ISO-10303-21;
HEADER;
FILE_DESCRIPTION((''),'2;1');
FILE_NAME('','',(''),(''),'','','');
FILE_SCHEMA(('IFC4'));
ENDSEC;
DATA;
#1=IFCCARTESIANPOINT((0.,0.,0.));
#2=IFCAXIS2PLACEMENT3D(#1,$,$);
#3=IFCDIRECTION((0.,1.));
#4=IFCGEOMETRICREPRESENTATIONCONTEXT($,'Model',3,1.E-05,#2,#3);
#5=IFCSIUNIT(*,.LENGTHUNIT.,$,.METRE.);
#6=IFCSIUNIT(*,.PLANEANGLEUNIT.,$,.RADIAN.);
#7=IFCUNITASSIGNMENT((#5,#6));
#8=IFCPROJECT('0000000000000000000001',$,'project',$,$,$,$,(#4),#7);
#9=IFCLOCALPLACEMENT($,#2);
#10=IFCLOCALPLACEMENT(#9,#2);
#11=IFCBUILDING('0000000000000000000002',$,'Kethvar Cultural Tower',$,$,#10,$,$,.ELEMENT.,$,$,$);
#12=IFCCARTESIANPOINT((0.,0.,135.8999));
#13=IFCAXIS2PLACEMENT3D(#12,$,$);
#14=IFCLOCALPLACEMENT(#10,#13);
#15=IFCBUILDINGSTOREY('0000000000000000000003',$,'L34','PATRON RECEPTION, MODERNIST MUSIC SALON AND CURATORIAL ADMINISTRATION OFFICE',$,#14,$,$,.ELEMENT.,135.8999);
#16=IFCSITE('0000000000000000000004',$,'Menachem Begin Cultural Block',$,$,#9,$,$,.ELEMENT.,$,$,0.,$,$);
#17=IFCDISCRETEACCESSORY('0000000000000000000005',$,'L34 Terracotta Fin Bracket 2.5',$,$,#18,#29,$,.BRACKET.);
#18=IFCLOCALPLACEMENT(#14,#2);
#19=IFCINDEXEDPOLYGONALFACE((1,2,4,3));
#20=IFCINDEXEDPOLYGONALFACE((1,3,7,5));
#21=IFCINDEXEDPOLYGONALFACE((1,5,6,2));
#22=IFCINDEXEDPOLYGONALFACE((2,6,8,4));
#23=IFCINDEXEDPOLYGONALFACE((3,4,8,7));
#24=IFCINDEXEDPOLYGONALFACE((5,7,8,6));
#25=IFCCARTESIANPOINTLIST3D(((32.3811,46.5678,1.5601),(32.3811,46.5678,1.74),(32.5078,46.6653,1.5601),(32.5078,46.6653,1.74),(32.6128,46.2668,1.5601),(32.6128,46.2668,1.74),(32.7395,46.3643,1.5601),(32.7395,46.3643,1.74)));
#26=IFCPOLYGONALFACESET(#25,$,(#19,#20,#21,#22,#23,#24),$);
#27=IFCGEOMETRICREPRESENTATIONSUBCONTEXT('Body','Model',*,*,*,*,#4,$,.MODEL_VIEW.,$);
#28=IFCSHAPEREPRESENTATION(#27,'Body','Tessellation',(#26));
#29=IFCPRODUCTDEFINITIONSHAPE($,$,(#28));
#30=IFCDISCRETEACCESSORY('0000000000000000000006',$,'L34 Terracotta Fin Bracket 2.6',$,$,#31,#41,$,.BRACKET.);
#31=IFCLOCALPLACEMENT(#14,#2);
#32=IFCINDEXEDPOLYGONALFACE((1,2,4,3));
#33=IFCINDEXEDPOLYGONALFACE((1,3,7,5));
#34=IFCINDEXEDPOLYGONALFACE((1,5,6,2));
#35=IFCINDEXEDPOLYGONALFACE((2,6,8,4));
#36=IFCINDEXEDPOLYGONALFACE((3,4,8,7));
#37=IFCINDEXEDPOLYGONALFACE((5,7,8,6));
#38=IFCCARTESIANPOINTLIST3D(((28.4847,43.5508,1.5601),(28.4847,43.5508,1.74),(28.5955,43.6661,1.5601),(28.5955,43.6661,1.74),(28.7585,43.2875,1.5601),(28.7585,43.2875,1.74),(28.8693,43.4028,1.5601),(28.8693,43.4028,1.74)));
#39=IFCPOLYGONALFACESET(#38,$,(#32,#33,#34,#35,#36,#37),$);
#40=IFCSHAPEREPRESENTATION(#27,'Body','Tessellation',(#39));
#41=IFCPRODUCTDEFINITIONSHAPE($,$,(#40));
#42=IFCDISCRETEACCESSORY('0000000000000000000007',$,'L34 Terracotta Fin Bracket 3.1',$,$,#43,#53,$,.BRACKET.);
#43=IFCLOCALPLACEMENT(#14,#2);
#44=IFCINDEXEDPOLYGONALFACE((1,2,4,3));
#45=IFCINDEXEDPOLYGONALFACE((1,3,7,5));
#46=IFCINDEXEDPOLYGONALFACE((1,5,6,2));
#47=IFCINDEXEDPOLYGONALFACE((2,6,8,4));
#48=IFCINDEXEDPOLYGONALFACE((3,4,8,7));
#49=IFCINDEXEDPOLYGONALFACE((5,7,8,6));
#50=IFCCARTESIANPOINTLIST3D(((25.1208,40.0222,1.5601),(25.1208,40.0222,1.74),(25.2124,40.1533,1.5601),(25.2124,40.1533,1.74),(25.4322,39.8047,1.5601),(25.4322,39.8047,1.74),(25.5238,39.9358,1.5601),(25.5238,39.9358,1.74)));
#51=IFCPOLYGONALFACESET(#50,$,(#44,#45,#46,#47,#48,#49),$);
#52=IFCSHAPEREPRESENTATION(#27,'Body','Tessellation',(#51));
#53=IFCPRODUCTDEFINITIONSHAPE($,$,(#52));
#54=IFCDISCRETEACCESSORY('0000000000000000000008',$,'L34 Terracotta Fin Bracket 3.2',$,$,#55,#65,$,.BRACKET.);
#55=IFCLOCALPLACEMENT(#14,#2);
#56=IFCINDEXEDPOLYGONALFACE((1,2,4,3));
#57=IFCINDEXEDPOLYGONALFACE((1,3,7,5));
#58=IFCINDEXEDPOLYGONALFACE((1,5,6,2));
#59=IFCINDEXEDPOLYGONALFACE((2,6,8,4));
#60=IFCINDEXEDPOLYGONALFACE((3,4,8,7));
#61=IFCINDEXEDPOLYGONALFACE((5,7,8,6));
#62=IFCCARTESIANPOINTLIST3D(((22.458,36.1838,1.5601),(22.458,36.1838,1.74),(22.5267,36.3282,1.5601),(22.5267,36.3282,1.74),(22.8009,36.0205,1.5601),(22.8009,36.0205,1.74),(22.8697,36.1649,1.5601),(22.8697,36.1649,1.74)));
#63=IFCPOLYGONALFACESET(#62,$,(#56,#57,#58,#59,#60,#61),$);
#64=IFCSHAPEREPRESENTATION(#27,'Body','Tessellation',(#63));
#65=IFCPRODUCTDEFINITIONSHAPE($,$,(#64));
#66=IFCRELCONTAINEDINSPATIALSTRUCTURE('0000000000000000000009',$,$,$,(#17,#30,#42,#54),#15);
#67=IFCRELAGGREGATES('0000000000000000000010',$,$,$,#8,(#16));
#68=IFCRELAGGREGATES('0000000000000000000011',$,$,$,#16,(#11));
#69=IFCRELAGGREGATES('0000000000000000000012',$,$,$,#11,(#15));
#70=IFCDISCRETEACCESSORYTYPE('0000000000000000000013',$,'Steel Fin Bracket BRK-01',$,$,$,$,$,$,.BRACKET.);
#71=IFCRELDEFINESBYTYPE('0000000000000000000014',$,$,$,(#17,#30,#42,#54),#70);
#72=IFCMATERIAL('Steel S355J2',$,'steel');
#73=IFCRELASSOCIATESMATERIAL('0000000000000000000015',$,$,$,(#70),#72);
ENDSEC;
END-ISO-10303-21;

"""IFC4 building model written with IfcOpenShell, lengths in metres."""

from ifc_helpers import new_model, si_unit, direction, frame, origin, origin_2d, place, context, subcontext, project, spatial, rectangle, extrude, source, transform, mapped, material, type_object, element, save


model = new_model("IFC4")

# Units and contexts
model_context = context("Model", 3, precision=1e-05, world=origin(), true_north=direction((0.0, 1.0)))
body_context = subcontext(model_context, "Body", "Model", "MODEL_VIEW")
ifc_project = project(units=[si_unit("LENGTHUNIT", "METRE"), si_unit("PLANEANGLEUNIT", "RADIAN")], contexts=[model_context])

# Site, building, storey
site_placement = place(None, origin())
site = spatial("IfcSite", under=ifc_project, at=site_placement, Name="Menachem Begin Cultural Block", CompositionType="ELEMENT", RefElevation=0.0)
building_placement = place(site_placement, origin())
building = spatial("IfcBuilding", under=site, at=building_placement, Name="Kethvar Cultural Tower", CompositionType="ELEMENT")
storey_placement = place(building_placement, frame((0.0, 0.0, 135.8999)))
storey = spatial("IfcBuildingStorey", under=building, at=storey_placement, Name="L34", Description="PATRON RECEPTION, MODERNIST MUSIC SALON AND CURATORIAL ADMINISTRATION OFFICE", CompositionType="ELEMENT", Elevation=135.8999)

# Shared definitions
ifc_material_1 = material(Name="Steel S355J2", Category="steel")

# Discrete accessories
discrete_accessory_type = type_object("IfcDiscreteAccessoryType", Name="Steel Fin Bracket BRK-01", PredefinedType="BRACKET", material=ifc_material_1)
shared_shape_1 = source(origin(), body_context, "Body", "SweptSolid", [
    extrude(rectangle(XDim=0.3799, YDim=0.1599, at=origin_2d()), origin(), (0.0, 0.0, 1.0), 0.1799),
])
for number, where, z_axis, x_axis, name in (
    (1, (32.5603, 46.4661, 1.5601), (0.0, 0.0, 1.0), (-0.610007, 0.792396, 0.0), "L34 Terracotta Fin Bracket 2.5"),
    (2, (28.677, 43.4768, 1.5601), (0.0, 0.0, 1.0), (-0.720793, 0.69315, 0.0), "L34 Terracotta Fin Bracket 2.6"),
    (3, (25.3223, 39.979, 1.5601), (0.0, 0.0, 1.0), (-0.819752, 0.572718, 0.0), "L34 Terracotta Fin Bracket 3.1"),
    (4, (22.6638, 36.1743, 1.5601), (0.0, 0.0, 1.0), (-0.902886, 0.429881, 0.0), "L34 Terracotta Fin Bracket 3.2"),
):
    element("IfcDiscreteAccessory", number, at=place(storey_placement, frame(where, z_axis=z_axis, x_axis=x_axis)), inside=storey, type_object=discrete_accessory_type, Name=name, PredefinedType="BRACKET", context=body_context, shape_type="MappedRepresentation", body=[
        mapped(shared_shape_1, transform((0.0, 0.0, 0.0), scale=1.0)),
    ])

save(model, "model.ifc")
